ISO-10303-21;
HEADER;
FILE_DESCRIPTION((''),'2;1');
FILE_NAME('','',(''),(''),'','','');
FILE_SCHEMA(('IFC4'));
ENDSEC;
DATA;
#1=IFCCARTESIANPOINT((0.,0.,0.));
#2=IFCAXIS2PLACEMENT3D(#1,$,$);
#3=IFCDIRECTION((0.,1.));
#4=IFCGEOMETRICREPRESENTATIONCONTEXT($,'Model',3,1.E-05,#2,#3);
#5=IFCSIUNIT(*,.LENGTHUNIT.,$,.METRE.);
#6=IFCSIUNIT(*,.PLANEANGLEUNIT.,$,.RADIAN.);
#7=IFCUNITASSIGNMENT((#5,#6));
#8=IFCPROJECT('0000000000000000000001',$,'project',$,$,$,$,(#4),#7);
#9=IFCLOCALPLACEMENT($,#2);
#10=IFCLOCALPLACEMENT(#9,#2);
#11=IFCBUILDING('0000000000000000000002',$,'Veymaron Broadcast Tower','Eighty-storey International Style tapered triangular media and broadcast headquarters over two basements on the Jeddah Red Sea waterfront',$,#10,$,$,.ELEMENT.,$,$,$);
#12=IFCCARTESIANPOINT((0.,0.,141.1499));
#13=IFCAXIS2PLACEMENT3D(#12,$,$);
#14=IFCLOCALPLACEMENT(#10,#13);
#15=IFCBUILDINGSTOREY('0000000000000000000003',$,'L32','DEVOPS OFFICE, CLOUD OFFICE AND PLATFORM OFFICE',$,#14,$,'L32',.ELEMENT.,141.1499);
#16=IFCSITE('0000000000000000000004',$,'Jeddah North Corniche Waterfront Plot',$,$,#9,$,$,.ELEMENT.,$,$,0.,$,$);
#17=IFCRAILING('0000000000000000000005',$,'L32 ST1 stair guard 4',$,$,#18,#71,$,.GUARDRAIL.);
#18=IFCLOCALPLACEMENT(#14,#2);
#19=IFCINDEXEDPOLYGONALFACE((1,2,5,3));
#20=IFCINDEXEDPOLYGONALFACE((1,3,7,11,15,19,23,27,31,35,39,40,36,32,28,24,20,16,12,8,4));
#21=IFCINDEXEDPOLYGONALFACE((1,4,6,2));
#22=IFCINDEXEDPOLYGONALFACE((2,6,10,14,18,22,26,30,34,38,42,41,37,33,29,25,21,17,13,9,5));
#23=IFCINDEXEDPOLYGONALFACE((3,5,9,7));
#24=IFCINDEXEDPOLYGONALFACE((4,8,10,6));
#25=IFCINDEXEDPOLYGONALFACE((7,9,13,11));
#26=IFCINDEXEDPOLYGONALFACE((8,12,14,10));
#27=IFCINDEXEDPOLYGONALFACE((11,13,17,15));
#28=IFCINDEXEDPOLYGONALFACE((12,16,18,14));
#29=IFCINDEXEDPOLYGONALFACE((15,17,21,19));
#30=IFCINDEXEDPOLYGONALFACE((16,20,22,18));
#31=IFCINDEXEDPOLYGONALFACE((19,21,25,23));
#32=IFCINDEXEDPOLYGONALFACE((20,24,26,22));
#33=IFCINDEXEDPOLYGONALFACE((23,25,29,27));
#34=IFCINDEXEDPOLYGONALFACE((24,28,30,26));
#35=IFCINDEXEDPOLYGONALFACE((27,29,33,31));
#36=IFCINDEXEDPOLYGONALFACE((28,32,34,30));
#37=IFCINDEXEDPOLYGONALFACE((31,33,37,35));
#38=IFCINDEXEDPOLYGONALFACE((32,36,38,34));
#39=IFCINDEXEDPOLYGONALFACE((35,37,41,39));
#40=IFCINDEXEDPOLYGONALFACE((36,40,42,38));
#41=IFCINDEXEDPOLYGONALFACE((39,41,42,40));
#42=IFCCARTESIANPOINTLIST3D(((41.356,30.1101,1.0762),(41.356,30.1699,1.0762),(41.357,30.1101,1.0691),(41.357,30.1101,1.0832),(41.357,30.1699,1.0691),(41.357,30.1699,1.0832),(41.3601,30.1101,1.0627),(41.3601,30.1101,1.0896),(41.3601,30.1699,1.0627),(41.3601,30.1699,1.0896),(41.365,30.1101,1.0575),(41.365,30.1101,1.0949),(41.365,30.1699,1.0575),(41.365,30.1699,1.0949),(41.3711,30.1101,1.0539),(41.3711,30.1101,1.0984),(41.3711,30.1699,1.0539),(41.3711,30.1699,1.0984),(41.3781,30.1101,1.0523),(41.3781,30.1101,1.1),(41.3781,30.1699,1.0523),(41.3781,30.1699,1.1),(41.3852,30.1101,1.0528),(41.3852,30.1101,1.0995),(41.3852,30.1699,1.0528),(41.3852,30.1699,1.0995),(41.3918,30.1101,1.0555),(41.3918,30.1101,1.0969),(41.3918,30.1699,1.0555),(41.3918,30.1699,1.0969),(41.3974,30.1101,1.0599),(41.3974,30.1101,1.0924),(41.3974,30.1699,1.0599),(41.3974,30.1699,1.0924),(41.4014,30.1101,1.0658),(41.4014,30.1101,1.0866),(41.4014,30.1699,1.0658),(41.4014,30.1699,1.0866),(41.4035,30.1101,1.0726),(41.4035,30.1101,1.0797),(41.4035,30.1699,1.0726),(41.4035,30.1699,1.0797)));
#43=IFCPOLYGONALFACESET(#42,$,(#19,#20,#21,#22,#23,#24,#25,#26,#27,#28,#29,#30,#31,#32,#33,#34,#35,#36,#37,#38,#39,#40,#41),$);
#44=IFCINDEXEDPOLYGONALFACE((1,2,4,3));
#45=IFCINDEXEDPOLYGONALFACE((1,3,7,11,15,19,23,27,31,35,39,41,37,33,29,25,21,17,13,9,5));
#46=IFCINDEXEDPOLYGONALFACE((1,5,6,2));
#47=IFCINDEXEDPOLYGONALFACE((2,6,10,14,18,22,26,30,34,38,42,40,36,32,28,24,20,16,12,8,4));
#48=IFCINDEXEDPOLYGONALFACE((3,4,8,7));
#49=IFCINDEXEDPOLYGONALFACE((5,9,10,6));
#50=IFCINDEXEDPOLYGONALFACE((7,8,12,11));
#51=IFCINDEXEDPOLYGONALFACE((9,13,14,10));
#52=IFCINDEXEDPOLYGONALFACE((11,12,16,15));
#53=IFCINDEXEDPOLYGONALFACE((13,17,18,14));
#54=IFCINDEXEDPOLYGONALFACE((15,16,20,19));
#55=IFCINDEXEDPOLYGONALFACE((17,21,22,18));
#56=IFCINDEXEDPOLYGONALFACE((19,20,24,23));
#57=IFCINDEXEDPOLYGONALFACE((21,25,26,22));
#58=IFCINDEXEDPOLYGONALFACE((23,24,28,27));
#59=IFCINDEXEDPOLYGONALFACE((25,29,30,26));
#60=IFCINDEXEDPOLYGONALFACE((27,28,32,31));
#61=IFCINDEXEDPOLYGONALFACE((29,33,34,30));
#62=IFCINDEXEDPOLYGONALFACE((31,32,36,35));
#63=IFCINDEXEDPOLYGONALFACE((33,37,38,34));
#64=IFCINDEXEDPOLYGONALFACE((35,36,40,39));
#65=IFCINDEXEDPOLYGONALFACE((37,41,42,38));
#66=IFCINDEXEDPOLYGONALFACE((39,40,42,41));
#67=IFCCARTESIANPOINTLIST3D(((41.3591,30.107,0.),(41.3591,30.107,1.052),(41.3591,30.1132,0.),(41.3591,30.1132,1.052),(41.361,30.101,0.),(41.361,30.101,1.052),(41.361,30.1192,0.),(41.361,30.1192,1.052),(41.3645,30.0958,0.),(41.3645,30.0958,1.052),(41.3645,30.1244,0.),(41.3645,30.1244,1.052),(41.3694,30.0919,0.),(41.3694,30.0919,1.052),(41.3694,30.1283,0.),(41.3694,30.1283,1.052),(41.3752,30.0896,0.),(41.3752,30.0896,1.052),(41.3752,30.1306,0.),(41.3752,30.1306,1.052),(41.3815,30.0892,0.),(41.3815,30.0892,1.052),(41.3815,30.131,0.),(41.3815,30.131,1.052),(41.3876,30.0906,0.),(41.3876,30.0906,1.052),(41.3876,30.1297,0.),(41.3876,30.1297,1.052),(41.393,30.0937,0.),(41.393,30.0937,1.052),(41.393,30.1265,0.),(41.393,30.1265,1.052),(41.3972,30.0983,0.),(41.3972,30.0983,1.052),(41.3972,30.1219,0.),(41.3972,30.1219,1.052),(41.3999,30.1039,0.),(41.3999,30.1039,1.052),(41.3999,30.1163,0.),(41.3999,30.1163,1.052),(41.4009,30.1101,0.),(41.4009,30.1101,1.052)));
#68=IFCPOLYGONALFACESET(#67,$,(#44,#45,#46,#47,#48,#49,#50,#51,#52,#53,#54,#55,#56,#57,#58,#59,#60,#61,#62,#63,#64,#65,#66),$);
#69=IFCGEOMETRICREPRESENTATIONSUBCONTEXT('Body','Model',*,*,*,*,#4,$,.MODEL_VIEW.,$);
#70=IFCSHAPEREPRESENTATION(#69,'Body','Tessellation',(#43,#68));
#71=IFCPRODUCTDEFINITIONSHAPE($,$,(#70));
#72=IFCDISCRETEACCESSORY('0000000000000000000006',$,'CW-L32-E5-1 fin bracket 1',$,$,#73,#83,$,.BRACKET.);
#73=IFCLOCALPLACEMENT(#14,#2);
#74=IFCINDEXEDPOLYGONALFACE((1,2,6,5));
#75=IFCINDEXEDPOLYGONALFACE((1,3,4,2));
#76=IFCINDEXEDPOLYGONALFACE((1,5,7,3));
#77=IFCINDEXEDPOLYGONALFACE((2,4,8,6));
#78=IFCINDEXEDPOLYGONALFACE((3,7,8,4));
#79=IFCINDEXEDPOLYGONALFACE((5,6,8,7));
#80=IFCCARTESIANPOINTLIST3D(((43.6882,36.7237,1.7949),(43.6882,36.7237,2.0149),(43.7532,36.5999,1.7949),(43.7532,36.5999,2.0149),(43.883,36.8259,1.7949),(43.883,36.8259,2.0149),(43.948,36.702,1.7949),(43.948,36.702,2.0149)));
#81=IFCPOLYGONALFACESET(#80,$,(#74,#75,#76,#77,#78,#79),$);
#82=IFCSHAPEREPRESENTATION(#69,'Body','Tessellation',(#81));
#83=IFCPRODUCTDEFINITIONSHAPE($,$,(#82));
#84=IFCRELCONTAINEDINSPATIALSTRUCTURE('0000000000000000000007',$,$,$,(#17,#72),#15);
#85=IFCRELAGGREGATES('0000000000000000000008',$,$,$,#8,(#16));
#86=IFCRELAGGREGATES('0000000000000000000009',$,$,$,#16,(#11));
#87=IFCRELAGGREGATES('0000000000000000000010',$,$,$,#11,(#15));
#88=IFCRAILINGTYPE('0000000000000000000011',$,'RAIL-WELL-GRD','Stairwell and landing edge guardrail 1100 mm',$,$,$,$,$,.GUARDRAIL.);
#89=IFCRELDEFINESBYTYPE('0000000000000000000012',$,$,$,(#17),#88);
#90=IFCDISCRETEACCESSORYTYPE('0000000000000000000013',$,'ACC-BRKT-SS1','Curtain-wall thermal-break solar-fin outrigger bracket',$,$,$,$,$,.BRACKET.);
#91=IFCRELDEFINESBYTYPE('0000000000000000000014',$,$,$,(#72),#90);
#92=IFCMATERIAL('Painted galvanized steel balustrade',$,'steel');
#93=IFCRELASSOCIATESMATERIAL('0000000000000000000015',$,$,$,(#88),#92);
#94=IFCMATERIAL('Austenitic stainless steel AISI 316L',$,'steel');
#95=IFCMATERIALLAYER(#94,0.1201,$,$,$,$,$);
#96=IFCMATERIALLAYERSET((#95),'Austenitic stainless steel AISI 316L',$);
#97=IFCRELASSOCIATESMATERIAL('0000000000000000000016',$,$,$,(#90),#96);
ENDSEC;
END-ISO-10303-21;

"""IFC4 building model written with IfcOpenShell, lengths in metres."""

from ifc_helpers import new_model, si_unit, direction, frame, origin, origin_2d, place, context, subcontext, project, spatial, rectangle, circle, extrude, material, layer, layer_set, type_object, element, save


model = new_model("IFC4")

# Units and contexts
model_context = context("Model", 3, precision=1e-05, world=origin(), true_north=direction((0.0, 1.0)))
body_context = subcontext(model_context, "Body", "Model", "MODEL_VIEW")
ifc_project = project(units=[si_unit("LENGTHUNIT", "METRE"), si_unit("PLANEANGLEUNIT", "RADIAN")], contexts=[model_context])

# Site, building, storey
site_placement = place(None, origin())
site = spatial("IfcSite", under=ifc_project, at=site_placement, Name="Jeddah North Corniche Waterfront Plot", CompositionType="ELEMENT", RefElevation=0.0)
building_placement = place(site_placement, origin())
building = spatial("IfcBuilding", under=site, at=building_placement, Name="Veymaron Broadcast Tower", Description="Eighty-storey International Style tapered triangular media and broadcast headquarters over two basements on the Jeddah Red Sea waterfront", CompositionType="ELEMENT")
storey_placement = place(building_placement, frame((0.0, 0.0, 141.1499)))
storey = spatial("IfcBuildingStorey", under=building, at=storey_placement, Name="L32", Description="DEVOPS OFFICE, CLOUD OFFICE AND PLATFORM OFFICE", LongName="L32", CompositionType="ELEMENT", Elevation=141.1499)

# Railing
ifc_material_1 = material(Name="Painted galvanized steel balustrade", Category="steel")
railing_type_1 = type_object("IfcRailingType", Name="RAIL-WELL-GRD", Description="Stairwell and landing edge guardrail 1100 mm", PredefinedType="GUARDRAIL", material=ifc_material_1)
railing_1_placement = place(storey_placement, frame((41.3799, 30.1101, 0.0)))
element("IfcRailing", 1, at=railing_1_placement, inside=storey, type_object=railing_type_1, Name="L32 ST1 stair guard 4", PredefinedType="GUARDRAIL", context=body_context, shape_type="SweptSolid", body=[
    extrude(circle(Radius=0.0239, at=origin_2d()), frame((0.0, 0.0, 1.0762), z_axis=(0.0, 1.0, 0.0), x_axis=(-1.0, 0.0, 0.0)), (0.0, 0.0, 1.0), 0.0598),
    extrude(circle(Radius=0.021, at=origin_2d()), origin(), (0.0, 0.0, 1.0), 1.052),
])

# Discrete accessory
ifc_material_2 = material(Name="Austenitic stainless steel AISI 316L", Category="steel")
ifc_layer_1 = layer(ifc_material_2, 0.1201)
ifc_layer_set_1 = layer_set([ifc_layer_1], Name="Austenitic stainless steel AISI 316L")
discrete_accessory_type = type_object("IfcDiscreteAccessoryType", Name="ACC-BRKT-SS1", Description="Curtain-wall thermal-break solar-fin outrigger bracket", PredefinedType="BRACKET", material=ifc_layer_set_1)
discrete_accessory_placement = place(storey_placement, frame((43.8181, 36.7129, 1.7949), z_axis=(0.0, 0.0, 1.0), x_axis=(0.885588, 0.464471, 0.0)))
element("IfcDiscreteAccessory", 2, at=discrete_accessory_placement, inside=storey, type_object=discrete_accessory_type, Name="CW-L32-E5-1 fin bracket 1", PredefinedType="BRACKET", context=body_context, shape_type="SweptSolid", body=[
    extrude(rectangle(XDim=0.22, YDim=0.1399, at=origin_2d()), origin(), (0.0, 0.0, 1.0), 0.22),
])

save(model, "model.ifc")
